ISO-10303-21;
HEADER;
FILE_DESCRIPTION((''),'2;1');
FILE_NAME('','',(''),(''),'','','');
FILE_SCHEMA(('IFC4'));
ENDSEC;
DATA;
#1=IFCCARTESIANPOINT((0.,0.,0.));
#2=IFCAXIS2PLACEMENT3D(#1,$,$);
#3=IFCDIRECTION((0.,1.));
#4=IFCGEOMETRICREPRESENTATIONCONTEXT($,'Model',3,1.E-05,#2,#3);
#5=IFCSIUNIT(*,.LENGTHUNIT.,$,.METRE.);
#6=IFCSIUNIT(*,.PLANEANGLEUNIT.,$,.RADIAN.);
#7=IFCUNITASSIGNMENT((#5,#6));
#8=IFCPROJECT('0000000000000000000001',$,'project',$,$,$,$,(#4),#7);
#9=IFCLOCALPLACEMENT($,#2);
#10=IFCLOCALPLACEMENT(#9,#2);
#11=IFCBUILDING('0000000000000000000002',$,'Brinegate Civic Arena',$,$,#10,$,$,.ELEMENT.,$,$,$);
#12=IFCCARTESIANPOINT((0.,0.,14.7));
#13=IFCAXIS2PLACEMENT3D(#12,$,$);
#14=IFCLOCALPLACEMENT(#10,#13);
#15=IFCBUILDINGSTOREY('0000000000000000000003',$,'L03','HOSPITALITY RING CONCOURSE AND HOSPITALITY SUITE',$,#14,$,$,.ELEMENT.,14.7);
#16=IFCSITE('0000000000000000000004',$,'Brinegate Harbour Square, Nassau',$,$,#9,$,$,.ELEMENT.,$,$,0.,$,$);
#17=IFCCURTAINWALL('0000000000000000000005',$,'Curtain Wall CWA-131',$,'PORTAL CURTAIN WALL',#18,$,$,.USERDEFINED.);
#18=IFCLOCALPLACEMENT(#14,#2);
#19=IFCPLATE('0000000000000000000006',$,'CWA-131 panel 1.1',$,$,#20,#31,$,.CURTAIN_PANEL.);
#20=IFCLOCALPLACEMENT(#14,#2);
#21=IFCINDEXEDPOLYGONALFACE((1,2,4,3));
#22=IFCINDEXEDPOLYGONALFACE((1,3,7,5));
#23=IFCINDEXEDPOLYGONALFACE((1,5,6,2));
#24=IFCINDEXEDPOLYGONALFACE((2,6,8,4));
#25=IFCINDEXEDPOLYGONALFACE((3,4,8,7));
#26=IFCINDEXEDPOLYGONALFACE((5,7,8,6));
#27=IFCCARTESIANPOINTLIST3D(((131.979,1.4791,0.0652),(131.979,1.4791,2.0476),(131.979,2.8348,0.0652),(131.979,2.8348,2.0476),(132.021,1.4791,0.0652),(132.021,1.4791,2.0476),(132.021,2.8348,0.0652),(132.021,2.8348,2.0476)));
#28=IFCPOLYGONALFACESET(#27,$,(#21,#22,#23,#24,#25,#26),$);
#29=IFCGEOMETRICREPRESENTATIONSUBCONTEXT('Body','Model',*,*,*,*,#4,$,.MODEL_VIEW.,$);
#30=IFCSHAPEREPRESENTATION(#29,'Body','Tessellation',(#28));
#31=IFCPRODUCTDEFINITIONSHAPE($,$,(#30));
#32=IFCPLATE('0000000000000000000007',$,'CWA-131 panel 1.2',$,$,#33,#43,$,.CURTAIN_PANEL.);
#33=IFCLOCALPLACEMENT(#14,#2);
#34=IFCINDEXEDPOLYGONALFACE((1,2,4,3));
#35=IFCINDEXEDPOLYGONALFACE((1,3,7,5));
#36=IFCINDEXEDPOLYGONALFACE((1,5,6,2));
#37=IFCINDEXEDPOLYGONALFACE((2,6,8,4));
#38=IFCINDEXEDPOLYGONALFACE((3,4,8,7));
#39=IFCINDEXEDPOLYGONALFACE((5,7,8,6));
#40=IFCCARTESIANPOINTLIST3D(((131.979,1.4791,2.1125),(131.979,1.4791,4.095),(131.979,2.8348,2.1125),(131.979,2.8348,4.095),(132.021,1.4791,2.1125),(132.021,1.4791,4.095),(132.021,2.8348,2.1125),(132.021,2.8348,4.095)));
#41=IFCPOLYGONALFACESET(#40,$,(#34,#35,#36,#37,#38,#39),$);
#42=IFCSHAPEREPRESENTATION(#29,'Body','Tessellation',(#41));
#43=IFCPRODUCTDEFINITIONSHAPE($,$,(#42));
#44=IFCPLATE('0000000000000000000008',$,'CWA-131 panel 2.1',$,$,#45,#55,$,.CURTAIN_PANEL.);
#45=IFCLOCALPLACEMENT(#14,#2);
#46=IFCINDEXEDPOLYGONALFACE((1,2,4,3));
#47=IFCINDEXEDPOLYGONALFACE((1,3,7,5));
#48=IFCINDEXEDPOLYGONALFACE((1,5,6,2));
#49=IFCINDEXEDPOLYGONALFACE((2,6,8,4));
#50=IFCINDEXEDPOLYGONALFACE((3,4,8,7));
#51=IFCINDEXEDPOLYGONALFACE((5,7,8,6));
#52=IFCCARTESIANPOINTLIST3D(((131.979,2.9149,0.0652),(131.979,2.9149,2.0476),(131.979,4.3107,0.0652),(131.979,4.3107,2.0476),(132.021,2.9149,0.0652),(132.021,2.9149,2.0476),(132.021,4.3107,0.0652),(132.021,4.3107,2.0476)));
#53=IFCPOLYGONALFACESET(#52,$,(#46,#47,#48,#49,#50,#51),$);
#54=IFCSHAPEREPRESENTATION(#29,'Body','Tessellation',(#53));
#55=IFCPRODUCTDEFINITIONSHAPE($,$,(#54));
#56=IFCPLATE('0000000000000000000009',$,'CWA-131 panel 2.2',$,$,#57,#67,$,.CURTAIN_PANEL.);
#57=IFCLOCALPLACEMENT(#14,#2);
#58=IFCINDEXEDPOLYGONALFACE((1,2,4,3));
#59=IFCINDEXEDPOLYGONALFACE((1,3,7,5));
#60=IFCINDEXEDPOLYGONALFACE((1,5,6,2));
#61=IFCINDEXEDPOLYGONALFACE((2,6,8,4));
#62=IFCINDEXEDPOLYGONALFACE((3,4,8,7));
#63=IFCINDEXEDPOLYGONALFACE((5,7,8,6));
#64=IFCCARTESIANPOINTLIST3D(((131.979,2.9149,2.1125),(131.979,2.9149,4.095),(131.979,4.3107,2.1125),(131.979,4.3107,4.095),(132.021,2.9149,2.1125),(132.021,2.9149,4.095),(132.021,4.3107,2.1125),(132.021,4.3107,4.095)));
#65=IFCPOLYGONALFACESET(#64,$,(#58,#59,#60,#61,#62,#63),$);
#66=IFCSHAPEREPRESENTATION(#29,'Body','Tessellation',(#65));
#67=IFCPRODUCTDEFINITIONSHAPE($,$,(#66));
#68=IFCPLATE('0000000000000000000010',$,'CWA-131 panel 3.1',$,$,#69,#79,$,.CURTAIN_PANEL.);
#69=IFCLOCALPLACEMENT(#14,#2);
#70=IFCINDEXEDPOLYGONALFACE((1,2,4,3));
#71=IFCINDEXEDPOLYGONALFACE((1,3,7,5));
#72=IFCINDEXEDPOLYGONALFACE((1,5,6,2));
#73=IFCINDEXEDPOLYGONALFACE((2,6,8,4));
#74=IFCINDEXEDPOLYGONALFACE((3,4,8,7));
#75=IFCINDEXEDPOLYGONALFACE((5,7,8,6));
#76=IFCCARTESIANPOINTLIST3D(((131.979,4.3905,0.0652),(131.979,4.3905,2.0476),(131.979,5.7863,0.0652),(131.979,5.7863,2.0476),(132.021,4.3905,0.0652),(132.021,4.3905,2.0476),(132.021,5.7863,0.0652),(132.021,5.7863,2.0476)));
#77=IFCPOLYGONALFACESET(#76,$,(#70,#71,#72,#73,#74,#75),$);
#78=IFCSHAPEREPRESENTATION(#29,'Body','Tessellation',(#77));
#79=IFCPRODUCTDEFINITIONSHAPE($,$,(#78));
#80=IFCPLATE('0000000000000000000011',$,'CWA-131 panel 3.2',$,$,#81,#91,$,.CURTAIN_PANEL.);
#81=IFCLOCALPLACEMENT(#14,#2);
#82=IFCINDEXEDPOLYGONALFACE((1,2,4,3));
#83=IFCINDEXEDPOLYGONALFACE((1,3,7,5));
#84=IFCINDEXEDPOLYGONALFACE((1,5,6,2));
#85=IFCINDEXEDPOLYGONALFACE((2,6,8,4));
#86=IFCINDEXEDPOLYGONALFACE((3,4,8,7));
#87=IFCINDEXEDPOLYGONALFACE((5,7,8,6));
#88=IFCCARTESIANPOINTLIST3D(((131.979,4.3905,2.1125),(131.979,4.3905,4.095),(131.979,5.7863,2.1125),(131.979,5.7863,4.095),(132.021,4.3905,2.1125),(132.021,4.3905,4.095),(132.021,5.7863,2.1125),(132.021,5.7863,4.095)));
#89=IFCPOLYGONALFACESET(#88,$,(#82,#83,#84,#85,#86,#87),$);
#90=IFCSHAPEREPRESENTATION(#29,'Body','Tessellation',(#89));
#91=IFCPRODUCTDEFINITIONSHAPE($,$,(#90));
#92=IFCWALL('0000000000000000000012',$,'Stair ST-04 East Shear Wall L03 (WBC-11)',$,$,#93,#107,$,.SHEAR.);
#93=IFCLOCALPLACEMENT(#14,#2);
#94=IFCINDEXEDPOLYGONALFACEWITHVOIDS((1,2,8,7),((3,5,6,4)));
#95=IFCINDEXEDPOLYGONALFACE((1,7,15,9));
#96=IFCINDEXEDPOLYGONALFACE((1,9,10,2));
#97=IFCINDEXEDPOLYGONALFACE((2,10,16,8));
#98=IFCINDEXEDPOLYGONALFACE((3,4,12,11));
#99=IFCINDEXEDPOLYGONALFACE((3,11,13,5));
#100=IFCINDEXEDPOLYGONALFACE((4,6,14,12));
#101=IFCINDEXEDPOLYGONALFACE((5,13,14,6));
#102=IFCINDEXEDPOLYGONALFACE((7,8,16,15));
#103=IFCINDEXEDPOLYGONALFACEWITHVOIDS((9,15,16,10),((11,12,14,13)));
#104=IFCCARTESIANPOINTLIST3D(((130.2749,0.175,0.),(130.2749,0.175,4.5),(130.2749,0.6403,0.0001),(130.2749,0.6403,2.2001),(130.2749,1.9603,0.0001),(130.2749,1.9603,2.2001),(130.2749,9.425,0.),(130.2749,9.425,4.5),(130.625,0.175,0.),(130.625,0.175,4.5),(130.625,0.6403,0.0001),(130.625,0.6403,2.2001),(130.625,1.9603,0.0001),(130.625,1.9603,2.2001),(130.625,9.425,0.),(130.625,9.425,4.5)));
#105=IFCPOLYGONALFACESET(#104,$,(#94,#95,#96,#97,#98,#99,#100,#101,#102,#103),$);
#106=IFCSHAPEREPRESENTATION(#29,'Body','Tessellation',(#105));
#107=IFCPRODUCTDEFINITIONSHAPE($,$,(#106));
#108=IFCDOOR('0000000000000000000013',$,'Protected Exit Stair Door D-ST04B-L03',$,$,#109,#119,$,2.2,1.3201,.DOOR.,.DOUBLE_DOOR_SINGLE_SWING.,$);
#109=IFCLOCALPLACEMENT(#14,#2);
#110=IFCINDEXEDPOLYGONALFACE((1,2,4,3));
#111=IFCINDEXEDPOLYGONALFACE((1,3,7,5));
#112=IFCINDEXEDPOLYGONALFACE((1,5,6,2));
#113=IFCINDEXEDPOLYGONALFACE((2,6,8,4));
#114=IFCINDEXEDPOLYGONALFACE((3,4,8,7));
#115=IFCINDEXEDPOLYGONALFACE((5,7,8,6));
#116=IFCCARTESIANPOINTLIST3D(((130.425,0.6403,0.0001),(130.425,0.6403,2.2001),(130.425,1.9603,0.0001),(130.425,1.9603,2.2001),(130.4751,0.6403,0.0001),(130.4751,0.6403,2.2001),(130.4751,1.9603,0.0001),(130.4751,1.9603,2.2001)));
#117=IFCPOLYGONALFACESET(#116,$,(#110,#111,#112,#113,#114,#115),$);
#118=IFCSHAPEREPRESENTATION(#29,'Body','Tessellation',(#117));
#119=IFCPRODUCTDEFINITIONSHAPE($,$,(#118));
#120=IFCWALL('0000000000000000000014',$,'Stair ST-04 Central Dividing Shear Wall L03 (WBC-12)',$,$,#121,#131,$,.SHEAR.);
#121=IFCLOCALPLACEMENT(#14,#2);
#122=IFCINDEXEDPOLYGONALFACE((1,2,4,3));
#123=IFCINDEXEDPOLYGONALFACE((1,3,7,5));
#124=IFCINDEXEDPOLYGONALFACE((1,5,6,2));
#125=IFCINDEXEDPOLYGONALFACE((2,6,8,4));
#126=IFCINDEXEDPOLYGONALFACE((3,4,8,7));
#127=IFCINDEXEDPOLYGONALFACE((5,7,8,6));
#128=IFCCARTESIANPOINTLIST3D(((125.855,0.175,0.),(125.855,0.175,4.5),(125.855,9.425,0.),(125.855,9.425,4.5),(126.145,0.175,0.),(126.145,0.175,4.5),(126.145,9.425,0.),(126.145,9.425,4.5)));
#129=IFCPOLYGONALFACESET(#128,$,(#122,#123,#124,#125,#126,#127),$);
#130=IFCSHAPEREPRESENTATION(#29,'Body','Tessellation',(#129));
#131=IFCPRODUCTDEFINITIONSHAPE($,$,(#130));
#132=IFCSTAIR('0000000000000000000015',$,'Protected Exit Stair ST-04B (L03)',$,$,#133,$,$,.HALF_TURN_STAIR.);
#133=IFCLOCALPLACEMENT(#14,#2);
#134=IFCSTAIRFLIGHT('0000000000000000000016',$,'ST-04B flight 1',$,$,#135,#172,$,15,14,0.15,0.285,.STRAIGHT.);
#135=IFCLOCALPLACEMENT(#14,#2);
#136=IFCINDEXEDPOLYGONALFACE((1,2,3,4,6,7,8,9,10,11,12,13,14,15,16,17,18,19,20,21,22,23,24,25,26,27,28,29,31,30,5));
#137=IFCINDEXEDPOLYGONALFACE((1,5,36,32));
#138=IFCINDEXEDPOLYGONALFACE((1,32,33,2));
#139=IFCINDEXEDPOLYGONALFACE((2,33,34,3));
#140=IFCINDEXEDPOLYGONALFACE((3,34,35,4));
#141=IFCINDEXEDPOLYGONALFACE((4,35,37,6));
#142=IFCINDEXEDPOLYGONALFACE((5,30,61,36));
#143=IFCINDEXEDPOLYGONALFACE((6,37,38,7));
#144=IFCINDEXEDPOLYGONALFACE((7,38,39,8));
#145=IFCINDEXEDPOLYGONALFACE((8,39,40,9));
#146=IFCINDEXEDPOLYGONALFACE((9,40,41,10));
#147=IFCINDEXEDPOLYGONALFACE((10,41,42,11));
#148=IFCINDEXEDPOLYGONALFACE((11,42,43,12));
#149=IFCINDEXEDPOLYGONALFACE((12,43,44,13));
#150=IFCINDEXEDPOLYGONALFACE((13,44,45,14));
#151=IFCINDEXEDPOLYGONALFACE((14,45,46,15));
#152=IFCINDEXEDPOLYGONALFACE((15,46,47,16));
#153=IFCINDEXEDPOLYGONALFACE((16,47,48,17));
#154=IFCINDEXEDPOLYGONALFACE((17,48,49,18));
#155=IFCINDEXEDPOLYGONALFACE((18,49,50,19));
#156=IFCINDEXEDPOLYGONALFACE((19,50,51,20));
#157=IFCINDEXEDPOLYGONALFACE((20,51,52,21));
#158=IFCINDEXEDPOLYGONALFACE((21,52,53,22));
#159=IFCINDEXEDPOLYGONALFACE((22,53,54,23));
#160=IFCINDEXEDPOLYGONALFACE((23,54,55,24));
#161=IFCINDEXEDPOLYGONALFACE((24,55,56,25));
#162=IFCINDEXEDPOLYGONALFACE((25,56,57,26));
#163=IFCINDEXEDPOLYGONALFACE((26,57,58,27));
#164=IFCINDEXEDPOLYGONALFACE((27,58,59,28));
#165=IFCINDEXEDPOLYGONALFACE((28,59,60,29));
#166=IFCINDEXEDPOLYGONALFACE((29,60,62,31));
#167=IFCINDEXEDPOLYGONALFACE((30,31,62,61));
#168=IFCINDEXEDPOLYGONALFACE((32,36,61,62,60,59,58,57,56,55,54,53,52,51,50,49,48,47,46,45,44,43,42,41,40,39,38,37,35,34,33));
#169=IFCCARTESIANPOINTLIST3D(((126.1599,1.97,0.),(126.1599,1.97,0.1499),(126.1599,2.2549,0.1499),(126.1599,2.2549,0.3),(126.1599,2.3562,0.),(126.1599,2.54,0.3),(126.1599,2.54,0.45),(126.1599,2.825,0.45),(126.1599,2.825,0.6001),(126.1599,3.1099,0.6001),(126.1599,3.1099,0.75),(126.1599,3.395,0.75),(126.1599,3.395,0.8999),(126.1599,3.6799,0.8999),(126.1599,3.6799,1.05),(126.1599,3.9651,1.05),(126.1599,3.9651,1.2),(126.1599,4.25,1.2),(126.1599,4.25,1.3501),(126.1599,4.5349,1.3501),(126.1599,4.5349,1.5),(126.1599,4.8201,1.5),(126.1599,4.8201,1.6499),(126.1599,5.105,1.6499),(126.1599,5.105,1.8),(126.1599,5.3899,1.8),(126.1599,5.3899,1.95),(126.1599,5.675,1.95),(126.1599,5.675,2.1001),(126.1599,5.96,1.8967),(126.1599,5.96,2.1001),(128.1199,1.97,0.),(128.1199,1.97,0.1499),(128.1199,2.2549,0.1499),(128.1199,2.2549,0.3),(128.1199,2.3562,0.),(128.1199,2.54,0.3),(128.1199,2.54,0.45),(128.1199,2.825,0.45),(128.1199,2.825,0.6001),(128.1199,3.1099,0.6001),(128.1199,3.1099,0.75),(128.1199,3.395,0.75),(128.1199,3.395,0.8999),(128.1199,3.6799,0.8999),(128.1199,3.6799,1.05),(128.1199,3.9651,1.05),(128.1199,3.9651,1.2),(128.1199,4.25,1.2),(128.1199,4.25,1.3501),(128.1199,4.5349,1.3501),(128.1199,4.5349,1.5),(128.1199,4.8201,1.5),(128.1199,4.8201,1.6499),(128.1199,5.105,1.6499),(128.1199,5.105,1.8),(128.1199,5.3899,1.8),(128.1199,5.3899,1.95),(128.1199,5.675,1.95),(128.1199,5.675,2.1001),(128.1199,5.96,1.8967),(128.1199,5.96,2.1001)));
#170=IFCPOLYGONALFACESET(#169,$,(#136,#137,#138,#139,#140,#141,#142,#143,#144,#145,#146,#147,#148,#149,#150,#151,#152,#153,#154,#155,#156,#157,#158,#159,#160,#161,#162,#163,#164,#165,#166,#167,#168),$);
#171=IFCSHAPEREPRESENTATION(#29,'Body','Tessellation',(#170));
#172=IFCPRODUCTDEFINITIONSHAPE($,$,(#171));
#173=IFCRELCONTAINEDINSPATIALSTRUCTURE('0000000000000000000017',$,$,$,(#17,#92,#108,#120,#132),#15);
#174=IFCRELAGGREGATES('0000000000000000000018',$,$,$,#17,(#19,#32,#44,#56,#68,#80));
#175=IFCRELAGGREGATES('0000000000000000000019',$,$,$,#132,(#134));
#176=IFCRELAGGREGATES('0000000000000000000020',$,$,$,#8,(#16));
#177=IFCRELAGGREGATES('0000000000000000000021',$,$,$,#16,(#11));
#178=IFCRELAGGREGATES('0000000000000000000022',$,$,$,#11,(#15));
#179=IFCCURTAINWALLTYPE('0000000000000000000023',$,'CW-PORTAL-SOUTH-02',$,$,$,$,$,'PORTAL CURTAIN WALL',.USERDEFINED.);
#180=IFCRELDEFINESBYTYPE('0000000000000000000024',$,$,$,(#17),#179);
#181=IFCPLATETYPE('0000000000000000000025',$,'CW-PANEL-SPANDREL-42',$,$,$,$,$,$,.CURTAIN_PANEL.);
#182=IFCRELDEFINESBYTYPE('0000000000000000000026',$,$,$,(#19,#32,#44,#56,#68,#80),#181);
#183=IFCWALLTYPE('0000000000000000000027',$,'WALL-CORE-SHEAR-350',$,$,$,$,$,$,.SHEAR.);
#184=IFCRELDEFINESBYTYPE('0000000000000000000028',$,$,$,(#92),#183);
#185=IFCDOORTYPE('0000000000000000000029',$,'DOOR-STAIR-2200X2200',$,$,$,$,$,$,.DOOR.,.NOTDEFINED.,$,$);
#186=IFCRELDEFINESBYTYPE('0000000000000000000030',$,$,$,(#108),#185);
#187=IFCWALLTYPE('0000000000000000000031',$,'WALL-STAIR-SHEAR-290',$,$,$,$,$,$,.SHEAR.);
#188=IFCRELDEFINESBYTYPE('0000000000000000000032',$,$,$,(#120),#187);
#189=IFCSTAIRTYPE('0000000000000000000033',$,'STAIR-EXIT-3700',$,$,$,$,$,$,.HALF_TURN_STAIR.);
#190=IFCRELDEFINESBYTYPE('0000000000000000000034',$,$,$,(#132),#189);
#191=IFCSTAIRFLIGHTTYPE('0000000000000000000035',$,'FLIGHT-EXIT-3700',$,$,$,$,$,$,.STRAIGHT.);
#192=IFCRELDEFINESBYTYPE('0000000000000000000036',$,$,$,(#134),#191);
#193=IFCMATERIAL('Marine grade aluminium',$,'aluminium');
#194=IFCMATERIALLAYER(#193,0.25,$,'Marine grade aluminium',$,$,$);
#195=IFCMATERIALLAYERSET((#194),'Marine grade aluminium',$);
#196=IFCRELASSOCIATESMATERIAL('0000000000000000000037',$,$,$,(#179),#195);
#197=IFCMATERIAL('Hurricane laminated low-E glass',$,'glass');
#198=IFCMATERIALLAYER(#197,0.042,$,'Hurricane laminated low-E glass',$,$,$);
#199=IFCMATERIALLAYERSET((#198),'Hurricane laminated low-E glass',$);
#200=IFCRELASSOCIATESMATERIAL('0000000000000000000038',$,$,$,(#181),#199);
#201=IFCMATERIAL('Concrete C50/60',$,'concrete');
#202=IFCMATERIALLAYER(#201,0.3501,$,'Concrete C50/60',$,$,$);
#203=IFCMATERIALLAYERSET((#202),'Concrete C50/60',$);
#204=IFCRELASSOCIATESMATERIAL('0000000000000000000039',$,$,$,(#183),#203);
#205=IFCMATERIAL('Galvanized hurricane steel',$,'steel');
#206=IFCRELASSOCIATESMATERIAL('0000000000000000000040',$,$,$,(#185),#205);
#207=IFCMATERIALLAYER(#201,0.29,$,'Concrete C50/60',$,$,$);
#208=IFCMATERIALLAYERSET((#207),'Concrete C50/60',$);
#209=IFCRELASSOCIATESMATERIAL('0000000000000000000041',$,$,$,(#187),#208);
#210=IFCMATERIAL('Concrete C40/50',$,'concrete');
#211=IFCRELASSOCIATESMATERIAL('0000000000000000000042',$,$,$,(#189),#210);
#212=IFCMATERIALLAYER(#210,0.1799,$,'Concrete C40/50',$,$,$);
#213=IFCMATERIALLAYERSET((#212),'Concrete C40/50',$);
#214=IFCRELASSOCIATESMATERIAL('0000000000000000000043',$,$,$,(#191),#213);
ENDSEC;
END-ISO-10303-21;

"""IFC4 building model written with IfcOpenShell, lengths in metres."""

from ifc_helpers import new_model, si_unit, direction, frame, frame_2d, origin, origin_2d, place, context, subcontext, project, spatial, polyline, rectangle, outline, extrude, material, layer, layer_set, type_object, element, fill, aggregate, save


model = new_model("IFC4")

# Units and contexts
model_context = context("Model", 3, precision=1e-05, world=origin(), true_north=direction((0.0, 1.0)))
body_context = subcontext(model_context, "Body", "Model", "MODEL_VIEW")
ifc_project = project(units=[si_unit("LENGTHUNIT", "METRE"), si_unit("PLANEANGLEUNIT", "RADIAN")], contexts=[model_context])

# Site, building, storey
site_placement = place(None, origin())
site = spatial("IfcSite", under=ifc_project, at=site_placement, Name="Brinegate Harbour Square, Nassau", CompositionType="ELEMENT", RefElevation=0.0)
building_placement = place(site_placement, origin())
building = spatial("IfcBuilding", under=site, at=building_placement, Name="Brinegate Civic Arena", CompositionType="ELEMENT")
storey_placement = place(building_placement, frame((0.0, 0.0, 14.7)))
storey = spatial("IfcBuildingStorey", under=building, at=storey_placement, Name="L03", Description="HOSPITALITY RING CONCOURSE AND HOSPITALITY SUITE", CompositionType="ELEMENT", Elevation=14.7)

# Shared definitions
ifc_material_1 = material(Name="Concrete C50/60", Category="concrete")

# Curtain wall
ifc_material_2 = material(Name="Marine grade aluminium", Category="aluminium")
ifc_layer_1 = layer(ifc_material_2, 0.25, Name="Marine grade aluminium")
ifc_layer_set_1 = layer_set([ifc_layer_1], Name="Marine grade aluminium")
curtain_wall_type = type_object("IfcCurtainWallType", Name="CW-PORTAL-SOUTH-02", ElementType="PORTAL CURTAIN WALL", PredefinedType="USERDEFINED", material=ifc_layer_set_1)
curtain_wall_placement = place(storey_placement, origin())
curtain_wall = element("IfcCurtainWall", 1, at=curtain_wall_placement, inside=storey, type_object=curtain_wall_type, Name="Curtain Wall CWA-131", ObjectType="PORTAL CURTAIN WALL", PredefinedType="USERDEFINED")

# Plates
ifc_material_3 = material(Name="Hurricane laminated low-E glass", Category="glass")
ifc_layer_2 = layer(ifc_material_3, 0.042, Name="Hurricane laminated low-E glass")
ifc_layer_set_2 = layer_set([ifc_layer_2], Name="Hurricane laminated low-E glass")
plate_type = type_object("IfcPlateType", Name="CW-PANEL-SPANDREL-42", PredefinedType="CURTAIN_PANEL", material=ifc_layer_set_2)
plate_1_placement = place(storey_placement, frame((132.0, 2.157, 0.0652), z_axis=(0.0, 0.0, 1.0), x_axis=(0.0, 1.0, 0.0)))
plate_1 = element("IfcPlate", 2, at=plate_1_placement, type_object=plate_type, Name="CWA-131 panel 1.1", PredefinedType="CURTAIN_PANEL", context=body_context, shape_type="SweptSolid", body=[
    extrude(rectangle(XDim=1.3557, YDim=0.042, at=origin_2d()), origin(), (0.0, 0.0, 1.0), 1.9824),
])
plate_2_placement = place(storey_placement, frame((132.0, 2.157, 2.1125), z_axis=(0.0, 0.0, 1.0), x_axis=(0.0, 1.0, 0.0)))
plate_2 = element("IfcPlate", 3, at=plate_2_placement, type_object=plate_type, Name="CWA-131 panel 1.2", PredefinedType="CURTAIN_PANEL", context=body_context, shape_type="SweptSolid", body=[
    extrude(rectangle(XDim=1.3557, YDim=0.042, at=origin_2d()), origin(), (0.0, 0.0, 1.0), 1.9824),
])
plate_3_placement = place(storey_placement, frame((132.0, 3.6128, 0.0652), z_axis=(0.0, 0.0, 1.0), x_axis=(0.0, 1.0, 0.0)))
plate_3 = element("IfcPlate", 4, at=plate_3_placement, type_object=plate_type, Name="CWA-131 panel 2.1", PredefinedType="CURTAIN_PANEL", context=body_context, shape_type="SweptSolid", body=[
    extrude(rectangle(XDim=1.3958, YDim=0.042, at=origin_2d()), origin(), (0.0, 0.0, 1.0), 1.9824),
])
plate_4_placement = place(storey_placement, frame((132.0, 3.6128, 2.1125), z_axis=(0.0, 0.0, 1.0), x_axis=(0.0, 1.0, 0.0)))
plate_4 = element("IfcPlate", 5, at=plate_4_placement, type_object=plate_type, Name="CWA-131 panel 2.2", PredefinedType="CURTAIN_PANEL", context=body_context, shape_type="SweptSolid", body=[
    extrude(rectangle(XDim=1.3958, YDim=0.042, at=origin_2d()), origin(), (0.0, 0.0, 1.0), 1.9824),
])
plate_5_placement = place(storey_placement, frame((132.0, 5.0884, 0.0652), z_axis=(0.0, 0.0, 1.0), x_axis=(0.0, 1.0, 0.0)))
plate_5 = element("IfcPlate", 6, at=plate_5_placement, type_object=plate_type, Name="CWA-131 panel 3.1", PredefinedType="CURTAIN_PANEL", context=body_context, shape_type="SweptSolid", body=[
    extrude(rectangle(XDim=1.3958, YDim=0.042, at=origin_2d()), origin(), (0.0, 0.0, 1.0), 1.9824),
])
plate_6_placement = place(storey_placement, frame((132.0, 5.0884, 2.1125), z_axis=(0.0, 0.0, 1.0), x_axis=(0.0, 1.0, 0.0)))
plate_6 = element("IfcPlate", 7, at=plate_6_placement, type_object=plate_type, Name="CWA-131 panel 3.2", PredefinedType="CURTAIN_PANEL", context=body_context, shape_type="SweptSolid", body=[
    extrude(rectangle(XDim=1.3958, YDim=0.042, at=origin_2d()), origin(), (0.0, 0.0, 1.0), 1.9824),
])
aggregate(curtain_wall, [plate_1, plate_2, plate_3, plate_4, plate_5, plate_6])

# Wall, opening, door
ifc_layer_3 = layer(ifc_material_1, 0.3501, Name="Concrete C50/60")
ifc_layer_set_3 = layer_set([ifc_layer_3], Name="Concrete C50/60")
wall_type_1 = type_object("IfcWallType", Name="WALL-CORE-SHEAR-350", PredefinedType="SHEAR", material=ifc_layer_set_3)
wall_1_placement = place(storey_placement, frame((130.45, 0.175, 0.0), z_axis=(0.0, 0.0, 1.0), x_axis=(0.0, 1.0, 0.0)))
wall_1 = element("IfcWall", 8, at=wall_1_placement, inside=storey, type_object=wall_type_1, Name="Stair ST-04 East Shear Wall L03 (WBC-11)", PredefinedType="SHEAR", context=body_context, shape_type="SweptSolid", body=[
    extrude(rectangle(XDim=9.25, YDim=0.3501, at=frame_2d((4.625, 0.0))), origin(), (0.0, 0.0, 1.0), 4.5),
])
opening_placement = place(wall_1_placement, frame((0.4651, 0.0, 0.0)))
opening = element("IfcOpeningElement", 9, at=opening_placement, cuts=wall_1, PredefinedType="OPENING", context=body_context, shape_type="SweptSolid", body=[
    extrude(rectangle(XDim=1.3201, YDim=2.2, at=frame_2d((0.6602, 1.1001))), frame((0.0, 0.1851, 0.0), z_axis=(0.0, -1.0, 0.0), x_axis=(1.0, 0.0, 0.0)), (0.0, 0.0, 1.0), 0.3701),
])
ifc_material_4 = material(Name="Galvanized hurricane steel", Category="steel")
door_type = type_object("IfcDoorType", Name="DOOR-STAIR-2200X2200", OperationType="NOTDEFINED", PredefinedType="DOOR", material=ifc_material_4)
door_placement = place(opening_placement, origin())
door = element("IfcDoor", 10, at=door_placement, inside=storey, type_object=door_type, Name="Protected Exit Stair Door D-ST04B-L03", OperationType="DOUBLE_DOOR_SINGLE_SWING", OverallHeight=2.2, OverallWidth=1.3201, PredefinedType="DOOR", context=body_context, shape_type="SweptSolid", body=[
    extrude(rectangle(XDim=1.3201, YDim=2.2, at=frame_2d((0.6602, 1.1001))), frame((0.0, 0.0249, 0.0), z_axis=(0.0, -1.0, 0.0), x_axis=(1.0, 0.0, 0.0)), (0.0, 0.0, 1.0), 0.05),
])
fill(opening, door)

# Wall
ifc_layer_4 = layer(ifc_material_1, 0.29, Name="Concrete C50/60")
ifc_layer_set_4 = layer_set([ifc_layer_4], Name="Concrete C50/60")
wall_type_2 = type_object("IfcWallType", Name="WALL-STAIR-SHEAR-290", PredefinedType="SHEAR", material=ifc_layer_set_4)
wall_2_placement = place(storey_placement, frame((126.0, 0.175, 0.0), z_axis=(0.0, 0.0, 1.0), x_axis=(0.0, 1.0, 0.0)))
element("IfcWall", 11, at=wall_2_placement, inside=storey, type_object=wall_type_2, Name="Stair ST-04 Central Dividing Shear Wall L03 (WBC-12)", PredefinedType="SHEAR", context=body_context, shape_type="SweptSolid", body=[
    extrude(rectangle(XDim=9.25, YDim=0.29, at=frame_2d((4.625, 0.0))), origin(), (0.0, 0.0, 1.0), 4.5),
])

# Stair, stair flight
ifc_material_5 = material(Name="Concrete C40/50", Category="concrete")
stair_type_1 = type_object("IfcStairType", Name="STAIR-EXIT-3700", PredefinedType="HALF_TURN_STAIR", material=ifc_material_5)
stair_1_placement = place(storey_placement, origin())
stair_1 = element("IfcStair", 12, at=stair_1_placement, inside=storey, type_object=stair_type_1, Name="Protected Exit Stair ST-04B (L03)", PredefinedType="HALF_TURN_STAIR")
ifc_layer_5 = layer(ifc_material_5, 0.1799, Name="Concrete C40/50")
ifc_layer_set_5 = layer_set([ifc_layer_5], Name="Concrete C40/50")
stair_flight_type_1 = type_object("IfcStairFlightType", Name="FLIGHT-EXIT-3700", PredefinedType="STRAIGHT", material=ifc_layer_set_5)
stair_flight_1_placement = place(storey_placement, frame((127.1399, 1.97, 0.0), z_axis=(0.0, 0.0, 1.0), x_axis=(0.0, 1.0, 0.0)))
stair_flight_1 = element("IfcStairFlight", 13, at=stair_flight_1_placement, type_object=stair_flight_type_1, Name="ST-04B flight 1", NumberOfRisers=15, NumberOfTreads=14, PredefinedType="STRAIGHT", RiserHeight=0.15, TreadLength=0.285, context=body_context, shape_type="SweptSolid", body=[
    extrude(outline(polyline([(0.0, 0.0), (0.0, 0.1499), (0.2849, 0.1499), (0.2849, 0.3), (0.5701, 0.3), (0.5701, 0.45), (0.855, 0.45), (0.855, 0.6001), (1.1399, 0.6001), (1.1399, 0.75), (1.425, 0.75), (1.425, 0.8999), (1.71, 0.8999), (1.71, 1.05), (1.9951, 1.05), (1.9951, 1.2), (2.28, 1.2), (2.28, 1.3501), (2.5649, 1.3501), (2.5649, 1.5), (2.8501, 1.5), (2.8501, 1.6499), (3.135, 1.6499), (3.135, 1.8), (3.4199, 1.8), (3.4199, 1.95), (3.7051, 1.95), (3.7051, 2.1001), (3.99, 2.1001), (3.99, 2.25), (3.99, 1.8967), (0.3862, 0.0), (0.0, 0.0)])), frame((0.0, 0.98, 0.0), z_axis=(0.0, -1.0, 0.0), x_axis=(1.0, 0.0, 0.0)), (0.0, 0.0, 1.0), 1.96),
])
aggregate(stair_1, [stair_flight_1])

save(model, "model.ifc")
